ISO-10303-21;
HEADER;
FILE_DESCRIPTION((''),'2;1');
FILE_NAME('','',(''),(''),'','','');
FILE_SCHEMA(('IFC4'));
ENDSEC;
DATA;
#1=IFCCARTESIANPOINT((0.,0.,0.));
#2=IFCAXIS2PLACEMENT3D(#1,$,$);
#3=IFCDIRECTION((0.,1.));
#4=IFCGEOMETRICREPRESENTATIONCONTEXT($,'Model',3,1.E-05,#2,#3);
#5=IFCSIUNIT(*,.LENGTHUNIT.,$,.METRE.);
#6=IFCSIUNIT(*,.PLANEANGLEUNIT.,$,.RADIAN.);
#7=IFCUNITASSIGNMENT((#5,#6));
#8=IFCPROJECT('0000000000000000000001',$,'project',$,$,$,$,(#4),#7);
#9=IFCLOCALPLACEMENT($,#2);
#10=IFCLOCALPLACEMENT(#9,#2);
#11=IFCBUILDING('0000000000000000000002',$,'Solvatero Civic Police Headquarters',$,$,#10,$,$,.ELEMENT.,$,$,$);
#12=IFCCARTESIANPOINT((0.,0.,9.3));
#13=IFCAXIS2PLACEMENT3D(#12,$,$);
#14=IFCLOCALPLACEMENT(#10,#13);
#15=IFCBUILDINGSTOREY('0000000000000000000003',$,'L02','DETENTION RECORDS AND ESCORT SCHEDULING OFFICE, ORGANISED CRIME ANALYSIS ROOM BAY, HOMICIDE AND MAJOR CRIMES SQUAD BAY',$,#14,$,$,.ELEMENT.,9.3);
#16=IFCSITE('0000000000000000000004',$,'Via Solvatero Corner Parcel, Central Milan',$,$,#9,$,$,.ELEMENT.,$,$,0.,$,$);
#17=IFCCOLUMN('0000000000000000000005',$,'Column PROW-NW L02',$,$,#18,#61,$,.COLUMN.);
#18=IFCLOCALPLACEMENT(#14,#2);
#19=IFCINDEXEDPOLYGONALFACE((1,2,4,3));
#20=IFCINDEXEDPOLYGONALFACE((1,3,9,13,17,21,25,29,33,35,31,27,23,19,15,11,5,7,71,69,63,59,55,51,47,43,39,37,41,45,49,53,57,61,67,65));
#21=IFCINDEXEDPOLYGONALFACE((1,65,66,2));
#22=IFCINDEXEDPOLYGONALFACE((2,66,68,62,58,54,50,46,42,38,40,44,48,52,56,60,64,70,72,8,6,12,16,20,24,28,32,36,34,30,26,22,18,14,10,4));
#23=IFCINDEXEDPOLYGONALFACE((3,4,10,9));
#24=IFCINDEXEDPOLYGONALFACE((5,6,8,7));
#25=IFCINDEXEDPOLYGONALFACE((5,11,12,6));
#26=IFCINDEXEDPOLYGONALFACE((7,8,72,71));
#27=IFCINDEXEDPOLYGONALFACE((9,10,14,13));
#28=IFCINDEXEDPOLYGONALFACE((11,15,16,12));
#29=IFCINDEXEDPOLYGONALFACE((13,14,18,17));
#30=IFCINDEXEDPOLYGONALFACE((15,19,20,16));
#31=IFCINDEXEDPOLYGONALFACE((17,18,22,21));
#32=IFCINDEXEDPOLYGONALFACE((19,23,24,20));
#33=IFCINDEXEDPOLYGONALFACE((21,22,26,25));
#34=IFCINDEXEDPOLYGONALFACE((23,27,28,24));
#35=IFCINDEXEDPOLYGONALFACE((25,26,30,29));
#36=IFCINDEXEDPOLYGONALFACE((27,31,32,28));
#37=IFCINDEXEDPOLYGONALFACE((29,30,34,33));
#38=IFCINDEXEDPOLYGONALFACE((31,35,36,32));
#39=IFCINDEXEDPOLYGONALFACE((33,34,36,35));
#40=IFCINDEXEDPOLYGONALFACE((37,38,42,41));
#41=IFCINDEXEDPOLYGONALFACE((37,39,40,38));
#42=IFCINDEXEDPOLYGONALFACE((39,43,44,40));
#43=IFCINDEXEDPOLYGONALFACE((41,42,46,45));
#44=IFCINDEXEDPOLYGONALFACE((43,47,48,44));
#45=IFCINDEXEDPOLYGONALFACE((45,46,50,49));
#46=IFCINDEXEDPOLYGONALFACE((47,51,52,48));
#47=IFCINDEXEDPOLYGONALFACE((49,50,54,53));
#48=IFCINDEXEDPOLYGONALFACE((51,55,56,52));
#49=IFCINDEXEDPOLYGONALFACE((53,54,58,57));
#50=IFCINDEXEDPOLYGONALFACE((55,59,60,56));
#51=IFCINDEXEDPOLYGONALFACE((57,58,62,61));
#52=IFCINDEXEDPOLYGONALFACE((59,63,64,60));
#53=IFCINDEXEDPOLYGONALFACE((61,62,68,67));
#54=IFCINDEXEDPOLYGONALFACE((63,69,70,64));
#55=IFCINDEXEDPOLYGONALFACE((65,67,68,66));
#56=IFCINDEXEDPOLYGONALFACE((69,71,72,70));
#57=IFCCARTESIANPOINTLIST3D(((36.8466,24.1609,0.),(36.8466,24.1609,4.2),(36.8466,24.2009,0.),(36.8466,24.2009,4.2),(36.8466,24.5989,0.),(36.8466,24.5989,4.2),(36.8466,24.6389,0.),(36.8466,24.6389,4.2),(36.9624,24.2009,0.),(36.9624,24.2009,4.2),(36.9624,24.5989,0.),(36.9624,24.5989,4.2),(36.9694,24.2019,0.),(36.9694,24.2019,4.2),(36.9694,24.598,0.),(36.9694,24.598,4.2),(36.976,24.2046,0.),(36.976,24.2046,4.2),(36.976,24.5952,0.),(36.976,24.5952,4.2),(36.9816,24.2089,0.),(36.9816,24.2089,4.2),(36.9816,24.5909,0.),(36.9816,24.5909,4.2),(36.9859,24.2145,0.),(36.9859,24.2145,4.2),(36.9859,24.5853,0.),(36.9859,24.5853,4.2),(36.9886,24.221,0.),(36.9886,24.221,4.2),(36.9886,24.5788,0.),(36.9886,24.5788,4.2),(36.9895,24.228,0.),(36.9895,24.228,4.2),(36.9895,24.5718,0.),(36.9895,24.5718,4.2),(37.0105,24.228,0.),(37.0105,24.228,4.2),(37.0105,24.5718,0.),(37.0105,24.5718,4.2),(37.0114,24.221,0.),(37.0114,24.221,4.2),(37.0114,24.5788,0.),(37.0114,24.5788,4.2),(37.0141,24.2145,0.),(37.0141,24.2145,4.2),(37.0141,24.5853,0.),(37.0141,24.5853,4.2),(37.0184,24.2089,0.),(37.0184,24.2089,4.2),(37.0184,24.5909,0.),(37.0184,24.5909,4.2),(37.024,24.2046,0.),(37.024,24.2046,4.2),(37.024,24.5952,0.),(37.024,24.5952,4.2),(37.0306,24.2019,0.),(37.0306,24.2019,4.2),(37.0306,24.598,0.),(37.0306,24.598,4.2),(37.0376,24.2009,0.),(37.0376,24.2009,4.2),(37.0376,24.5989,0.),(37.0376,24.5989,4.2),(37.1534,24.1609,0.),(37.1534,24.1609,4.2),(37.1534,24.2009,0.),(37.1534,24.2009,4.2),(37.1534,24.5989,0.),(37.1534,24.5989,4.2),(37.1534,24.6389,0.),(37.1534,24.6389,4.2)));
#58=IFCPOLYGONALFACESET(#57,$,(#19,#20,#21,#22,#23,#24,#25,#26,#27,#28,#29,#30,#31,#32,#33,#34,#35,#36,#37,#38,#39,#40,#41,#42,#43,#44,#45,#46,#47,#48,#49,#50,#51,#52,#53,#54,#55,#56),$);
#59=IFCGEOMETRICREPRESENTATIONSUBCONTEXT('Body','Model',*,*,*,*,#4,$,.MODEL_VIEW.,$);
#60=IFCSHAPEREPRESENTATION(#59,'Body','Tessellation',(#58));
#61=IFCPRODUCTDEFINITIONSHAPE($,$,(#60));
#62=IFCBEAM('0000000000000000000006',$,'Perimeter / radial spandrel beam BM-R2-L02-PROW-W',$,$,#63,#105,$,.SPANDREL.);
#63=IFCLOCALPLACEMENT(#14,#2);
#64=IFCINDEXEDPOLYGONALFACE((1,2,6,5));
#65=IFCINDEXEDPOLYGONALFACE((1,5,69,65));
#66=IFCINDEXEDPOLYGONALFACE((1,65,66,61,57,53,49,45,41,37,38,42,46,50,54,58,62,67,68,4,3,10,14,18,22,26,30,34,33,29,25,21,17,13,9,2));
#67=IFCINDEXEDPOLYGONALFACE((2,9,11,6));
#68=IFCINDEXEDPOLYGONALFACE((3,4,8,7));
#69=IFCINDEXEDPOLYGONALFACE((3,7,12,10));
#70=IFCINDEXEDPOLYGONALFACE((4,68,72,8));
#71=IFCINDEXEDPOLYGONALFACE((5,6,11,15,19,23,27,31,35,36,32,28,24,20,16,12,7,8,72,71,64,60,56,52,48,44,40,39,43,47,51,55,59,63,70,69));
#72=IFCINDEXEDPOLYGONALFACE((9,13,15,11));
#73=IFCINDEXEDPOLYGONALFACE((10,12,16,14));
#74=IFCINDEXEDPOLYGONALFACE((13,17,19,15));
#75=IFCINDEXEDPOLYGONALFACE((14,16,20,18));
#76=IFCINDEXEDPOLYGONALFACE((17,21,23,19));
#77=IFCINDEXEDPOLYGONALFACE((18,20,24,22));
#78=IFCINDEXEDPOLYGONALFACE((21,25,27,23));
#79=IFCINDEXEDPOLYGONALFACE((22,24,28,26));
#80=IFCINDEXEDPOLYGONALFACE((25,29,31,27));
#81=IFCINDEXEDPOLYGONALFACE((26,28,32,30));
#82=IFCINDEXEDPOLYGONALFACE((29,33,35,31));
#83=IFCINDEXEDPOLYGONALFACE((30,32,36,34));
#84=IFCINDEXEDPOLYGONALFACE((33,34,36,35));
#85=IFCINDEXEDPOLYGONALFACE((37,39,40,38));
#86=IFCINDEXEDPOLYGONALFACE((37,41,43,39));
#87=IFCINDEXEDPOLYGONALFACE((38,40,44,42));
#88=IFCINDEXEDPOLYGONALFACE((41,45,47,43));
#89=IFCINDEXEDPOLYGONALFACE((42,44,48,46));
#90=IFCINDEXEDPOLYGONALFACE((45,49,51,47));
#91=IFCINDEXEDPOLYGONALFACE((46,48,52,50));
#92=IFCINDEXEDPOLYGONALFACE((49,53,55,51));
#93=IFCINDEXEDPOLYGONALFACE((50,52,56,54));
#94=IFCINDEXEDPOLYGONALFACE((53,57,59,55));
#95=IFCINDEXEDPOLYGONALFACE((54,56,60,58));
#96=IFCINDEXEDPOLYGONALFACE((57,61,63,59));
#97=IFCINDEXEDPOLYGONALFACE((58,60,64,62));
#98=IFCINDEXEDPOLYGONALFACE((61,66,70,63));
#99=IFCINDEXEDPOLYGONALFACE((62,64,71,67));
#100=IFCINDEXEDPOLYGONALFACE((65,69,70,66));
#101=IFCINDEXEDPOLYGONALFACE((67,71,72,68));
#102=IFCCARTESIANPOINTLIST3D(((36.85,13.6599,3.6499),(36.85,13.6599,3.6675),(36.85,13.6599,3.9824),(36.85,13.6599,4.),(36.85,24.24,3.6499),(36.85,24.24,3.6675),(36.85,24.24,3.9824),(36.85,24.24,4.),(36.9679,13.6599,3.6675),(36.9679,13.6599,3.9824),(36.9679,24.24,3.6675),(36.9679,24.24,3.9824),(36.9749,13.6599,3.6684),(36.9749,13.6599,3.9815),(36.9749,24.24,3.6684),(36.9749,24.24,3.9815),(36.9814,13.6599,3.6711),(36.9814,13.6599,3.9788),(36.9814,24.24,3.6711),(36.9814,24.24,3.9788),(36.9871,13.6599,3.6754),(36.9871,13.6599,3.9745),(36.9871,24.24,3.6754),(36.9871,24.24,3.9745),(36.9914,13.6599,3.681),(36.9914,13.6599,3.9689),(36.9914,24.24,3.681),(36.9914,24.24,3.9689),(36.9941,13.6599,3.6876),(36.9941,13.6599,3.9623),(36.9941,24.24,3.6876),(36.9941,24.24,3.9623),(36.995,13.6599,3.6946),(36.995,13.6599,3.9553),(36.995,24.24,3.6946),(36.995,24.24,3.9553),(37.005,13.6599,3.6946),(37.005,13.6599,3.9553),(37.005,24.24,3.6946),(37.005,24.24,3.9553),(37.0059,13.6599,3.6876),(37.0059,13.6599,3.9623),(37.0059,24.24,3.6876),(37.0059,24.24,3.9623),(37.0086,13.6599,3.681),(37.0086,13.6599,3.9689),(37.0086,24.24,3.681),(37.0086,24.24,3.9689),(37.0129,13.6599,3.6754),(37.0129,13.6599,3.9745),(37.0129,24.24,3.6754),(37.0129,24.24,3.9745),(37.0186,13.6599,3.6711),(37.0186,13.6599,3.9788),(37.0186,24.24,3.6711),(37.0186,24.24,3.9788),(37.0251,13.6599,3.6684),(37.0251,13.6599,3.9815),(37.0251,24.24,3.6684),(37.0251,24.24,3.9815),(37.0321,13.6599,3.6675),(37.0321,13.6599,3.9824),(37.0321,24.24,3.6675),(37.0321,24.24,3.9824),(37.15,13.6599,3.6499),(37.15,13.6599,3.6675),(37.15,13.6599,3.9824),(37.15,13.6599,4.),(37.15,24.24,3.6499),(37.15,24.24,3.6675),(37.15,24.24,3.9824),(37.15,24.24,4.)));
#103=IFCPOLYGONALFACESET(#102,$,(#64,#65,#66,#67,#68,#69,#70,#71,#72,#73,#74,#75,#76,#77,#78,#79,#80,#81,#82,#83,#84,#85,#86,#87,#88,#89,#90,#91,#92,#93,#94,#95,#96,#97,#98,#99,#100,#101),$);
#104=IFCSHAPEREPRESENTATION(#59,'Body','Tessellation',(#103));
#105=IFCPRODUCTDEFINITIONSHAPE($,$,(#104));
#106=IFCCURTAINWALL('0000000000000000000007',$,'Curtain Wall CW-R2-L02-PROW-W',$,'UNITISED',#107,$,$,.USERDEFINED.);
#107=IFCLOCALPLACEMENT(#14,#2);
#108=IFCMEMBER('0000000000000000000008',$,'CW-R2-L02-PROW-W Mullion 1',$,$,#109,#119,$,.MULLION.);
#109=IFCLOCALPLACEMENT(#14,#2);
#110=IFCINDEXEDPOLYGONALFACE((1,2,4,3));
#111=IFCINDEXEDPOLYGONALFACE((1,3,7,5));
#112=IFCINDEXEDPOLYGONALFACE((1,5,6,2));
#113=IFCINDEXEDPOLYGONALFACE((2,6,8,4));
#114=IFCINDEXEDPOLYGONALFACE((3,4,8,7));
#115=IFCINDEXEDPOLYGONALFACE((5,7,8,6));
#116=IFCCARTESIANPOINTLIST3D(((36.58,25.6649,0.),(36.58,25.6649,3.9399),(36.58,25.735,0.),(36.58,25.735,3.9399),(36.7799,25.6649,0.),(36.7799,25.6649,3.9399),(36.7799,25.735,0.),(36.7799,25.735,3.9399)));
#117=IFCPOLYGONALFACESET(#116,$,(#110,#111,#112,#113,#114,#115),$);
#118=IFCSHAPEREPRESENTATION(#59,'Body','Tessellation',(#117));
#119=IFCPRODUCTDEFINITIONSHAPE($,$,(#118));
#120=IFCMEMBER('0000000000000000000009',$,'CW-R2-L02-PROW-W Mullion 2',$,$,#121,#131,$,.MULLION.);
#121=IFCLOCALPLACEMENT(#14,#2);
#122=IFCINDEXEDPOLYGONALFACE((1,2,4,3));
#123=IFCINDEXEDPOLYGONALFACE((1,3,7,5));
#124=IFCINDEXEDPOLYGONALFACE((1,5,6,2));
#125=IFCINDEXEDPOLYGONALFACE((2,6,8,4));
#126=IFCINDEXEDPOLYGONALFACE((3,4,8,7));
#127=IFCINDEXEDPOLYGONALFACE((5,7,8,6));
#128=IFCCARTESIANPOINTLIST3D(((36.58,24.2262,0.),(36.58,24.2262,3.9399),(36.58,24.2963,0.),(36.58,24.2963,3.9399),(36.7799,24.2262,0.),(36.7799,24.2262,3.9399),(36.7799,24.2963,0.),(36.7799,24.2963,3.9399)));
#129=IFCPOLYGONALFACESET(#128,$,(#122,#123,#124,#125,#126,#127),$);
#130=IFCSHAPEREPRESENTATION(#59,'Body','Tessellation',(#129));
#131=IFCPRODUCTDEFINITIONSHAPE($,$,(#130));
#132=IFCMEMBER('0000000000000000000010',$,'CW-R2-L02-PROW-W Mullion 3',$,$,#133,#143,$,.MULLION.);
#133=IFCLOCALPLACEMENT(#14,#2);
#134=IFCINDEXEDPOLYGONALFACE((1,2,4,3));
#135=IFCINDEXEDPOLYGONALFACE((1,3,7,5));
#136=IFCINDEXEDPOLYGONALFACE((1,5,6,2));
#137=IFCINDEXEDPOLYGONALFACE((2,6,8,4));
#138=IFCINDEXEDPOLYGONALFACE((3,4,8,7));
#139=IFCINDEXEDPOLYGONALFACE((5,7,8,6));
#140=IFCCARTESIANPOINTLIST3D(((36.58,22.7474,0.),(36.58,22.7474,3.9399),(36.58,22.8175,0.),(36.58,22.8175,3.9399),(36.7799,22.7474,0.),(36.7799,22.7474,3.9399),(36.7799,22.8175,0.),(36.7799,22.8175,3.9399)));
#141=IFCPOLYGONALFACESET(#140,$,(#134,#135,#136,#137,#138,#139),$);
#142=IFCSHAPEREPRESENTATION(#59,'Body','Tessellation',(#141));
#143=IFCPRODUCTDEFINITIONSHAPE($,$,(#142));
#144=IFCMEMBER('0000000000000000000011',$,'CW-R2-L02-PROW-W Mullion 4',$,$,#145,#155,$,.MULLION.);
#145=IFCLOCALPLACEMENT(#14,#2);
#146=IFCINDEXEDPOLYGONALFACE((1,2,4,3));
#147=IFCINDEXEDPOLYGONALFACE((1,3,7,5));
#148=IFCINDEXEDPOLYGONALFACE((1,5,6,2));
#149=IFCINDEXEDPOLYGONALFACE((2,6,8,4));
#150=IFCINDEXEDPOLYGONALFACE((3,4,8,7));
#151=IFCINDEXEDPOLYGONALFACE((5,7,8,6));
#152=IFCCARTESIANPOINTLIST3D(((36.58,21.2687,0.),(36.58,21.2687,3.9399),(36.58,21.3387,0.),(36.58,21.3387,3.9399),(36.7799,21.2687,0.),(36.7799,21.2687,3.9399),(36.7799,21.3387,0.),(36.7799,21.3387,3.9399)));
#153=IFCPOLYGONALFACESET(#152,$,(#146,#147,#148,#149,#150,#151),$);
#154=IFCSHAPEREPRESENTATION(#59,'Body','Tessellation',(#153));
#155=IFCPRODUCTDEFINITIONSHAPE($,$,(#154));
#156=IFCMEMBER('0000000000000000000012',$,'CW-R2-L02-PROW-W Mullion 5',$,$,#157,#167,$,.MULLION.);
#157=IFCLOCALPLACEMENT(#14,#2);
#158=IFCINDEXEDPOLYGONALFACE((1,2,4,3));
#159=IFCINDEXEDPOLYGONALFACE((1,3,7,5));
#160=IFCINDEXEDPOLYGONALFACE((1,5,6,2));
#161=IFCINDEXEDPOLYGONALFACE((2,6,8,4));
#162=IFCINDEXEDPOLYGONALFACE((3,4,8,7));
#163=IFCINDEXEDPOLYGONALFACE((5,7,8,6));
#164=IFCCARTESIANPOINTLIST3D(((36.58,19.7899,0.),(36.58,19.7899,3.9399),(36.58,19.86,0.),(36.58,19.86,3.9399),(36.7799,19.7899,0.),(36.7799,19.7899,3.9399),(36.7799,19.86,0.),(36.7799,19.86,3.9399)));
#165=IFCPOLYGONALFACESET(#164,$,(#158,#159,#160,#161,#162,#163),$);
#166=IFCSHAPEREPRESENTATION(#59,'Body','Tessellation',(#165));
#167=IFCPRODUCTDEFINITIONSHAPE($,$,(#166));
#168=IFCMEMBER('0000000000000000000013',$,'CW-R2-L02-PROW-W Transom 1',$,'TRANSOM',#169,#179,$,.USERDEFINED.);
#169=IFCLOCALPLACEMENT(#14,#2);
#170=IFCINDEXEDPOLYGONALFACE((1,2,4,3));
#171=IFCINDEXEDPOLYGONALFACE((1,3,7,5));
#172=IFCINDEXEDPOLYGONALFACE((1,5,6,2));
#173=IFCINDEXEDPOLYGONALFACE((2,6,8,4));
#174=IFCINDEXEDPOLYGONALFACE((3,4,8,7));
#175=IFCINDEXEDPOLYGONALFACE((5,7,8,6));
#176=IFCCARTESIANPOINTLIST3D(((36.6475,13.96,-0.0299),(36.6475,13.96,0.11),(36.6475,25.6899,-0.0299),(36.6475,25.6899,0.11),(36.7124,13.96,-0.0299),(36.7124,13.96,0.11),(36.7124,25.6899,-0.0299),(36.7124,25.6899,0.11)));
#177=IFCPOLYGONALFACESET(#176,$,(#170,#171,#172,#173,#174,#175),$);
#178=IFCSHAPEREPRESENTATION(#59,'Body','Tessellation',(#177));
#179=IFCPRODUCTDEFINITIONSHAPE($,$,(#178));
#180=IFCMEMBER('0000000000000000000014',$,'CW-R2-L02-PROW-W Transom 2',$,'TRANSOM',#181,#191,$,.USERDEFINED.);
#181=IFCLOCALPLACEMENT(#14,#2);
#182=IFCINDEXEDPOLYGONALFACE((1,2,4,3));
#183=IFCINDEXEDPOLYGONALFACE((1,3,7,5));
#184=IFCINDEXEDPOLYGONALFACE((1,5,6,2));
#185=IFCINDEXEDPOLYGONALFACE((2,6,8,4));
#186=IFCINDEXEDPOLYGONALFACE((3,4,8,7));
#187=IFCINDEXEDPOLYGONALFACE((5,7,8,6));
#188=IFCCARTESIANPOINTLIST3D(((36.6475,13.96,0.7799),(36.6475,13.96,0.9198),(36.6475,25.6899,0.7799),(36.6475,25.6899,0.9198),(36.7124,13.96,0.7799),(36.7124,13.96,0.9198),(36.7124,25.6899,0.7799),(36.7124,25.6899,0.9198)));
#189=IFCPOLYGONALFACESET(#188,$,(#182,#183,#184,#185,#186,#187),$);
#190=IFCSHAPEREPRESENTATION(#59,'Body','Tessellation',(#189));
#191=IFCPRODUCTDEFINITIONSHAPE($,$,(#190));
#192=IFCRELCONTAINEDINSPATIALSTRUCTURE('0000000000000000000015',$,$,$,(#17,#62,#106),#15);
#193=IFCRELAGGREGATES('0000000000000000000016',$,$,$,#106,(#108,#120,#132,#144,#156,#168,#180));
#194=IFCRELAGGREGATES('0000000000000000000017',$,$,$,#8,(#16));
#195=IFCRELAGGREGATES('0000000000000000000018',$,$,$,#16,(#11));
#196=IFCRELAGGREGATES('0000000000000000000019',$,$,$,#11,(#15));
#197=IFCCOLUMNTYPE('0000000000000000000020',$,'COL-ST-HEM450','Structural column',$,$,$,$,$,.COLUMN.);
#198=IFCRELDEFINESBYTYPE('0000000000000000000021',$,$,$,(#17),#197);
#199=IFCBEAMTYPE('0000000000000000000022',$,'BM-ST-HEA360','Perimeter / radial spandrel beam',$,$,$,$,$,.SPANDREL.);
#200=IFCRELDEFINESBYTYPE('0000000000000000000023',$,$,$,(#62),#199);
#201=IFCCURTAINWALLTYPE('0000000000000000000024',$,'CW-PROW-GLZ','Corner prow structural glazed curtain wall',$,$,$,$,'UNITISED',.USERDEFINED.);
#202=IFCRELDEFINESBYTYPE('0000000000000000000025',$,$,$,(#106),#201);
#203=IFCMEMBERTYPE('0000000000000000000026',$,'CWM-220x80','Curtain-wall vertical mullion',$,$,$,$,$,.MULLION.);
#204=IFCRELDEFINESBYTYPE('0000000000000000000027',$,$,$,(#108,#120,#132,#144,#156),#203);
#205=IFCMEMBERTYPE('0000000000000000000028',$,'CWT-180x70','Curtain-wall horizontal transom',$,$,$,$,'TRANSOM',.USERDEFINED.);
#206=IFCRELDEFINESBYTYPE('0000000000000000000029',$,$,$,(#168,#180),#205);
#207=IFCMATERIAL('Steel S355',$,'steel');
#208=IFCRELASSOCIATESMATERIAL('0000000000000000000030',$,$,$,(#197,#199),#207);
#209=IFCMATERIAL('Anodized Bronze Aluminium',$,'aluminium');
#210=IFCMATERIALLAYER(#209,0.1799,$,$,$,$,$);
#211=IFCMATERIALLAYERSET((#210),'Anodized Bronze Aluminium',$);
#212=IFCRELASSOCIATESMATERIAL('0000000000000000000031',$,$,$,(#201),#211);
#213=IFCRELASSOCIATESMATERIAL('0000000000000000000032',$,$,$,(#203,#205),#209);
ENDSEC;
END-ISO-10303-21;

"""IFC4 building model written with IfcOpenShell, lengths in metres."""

from ifc_helpers import new_model, si_unit, direction, frame, origin, origin_2d, place, context, subcontext, project, spatial, rectangle, i_section, extrude, material, layer, layer_set, material_profile, profile_set, type_object, element, aggregate, save


model = new_model("IFC4")

# Units and contexts
model_context = context("Model", 3, precision=1e-05, world=origin(), true_north=direction((0.0, 1.0)))
body_context = subcontext(model_context, "Body", "Model", "MODEL_VIEW")
ifc_project = project(units=[si_unit("LENGTHUNIT", "METRE"), si_unit("PLANEANGLEUNIT", "RADIAN")], contexts=[model_context])

# Site, building, storey
site_placement = place(None, origin())
site = spatial("IfcSite", under=ifc_project, at=site_placement, Name="Via Solvatero Corner Parcel, Central Milan", CompositionType="ELEMENT", RefElevation=0.0)
building_placement = place(site_placement, origin())
building = spatial("IfcBuilding", under=site, at=building_placement, Name="Solvatero Civic Police Headquarters", CompositionType="ELEMENT")
storey_placement = place(building_placement, frame((0.0, 0.0, 9.3)))
storey = spatial("IfcBuildingStorey", under=building, at=storey_placement, Name="L02", Description="DETENTION RECORDS AND ESCORT SCHEDULING OFFICE, ORGANISED CRIME ANALYSIS ROOM BAY, HOMICIDE AND MAJOR CRIMES SQUAD BAY", CompositionType="ELEMENT", Elevation=9.3)

# Column
ifc_material_1 = material(Name="Steel S355", Category="steel")
ifc_material_profile_1 = material_profile(ifc_material_1, i_section(OverallWidth=0.3069, OverallDepth=0.478, WebThickness=0.021, FlangeThickness=0.04, FilletRadius=0.0271, at=origin_2d()), Name="HEM 450")
ifc_profile_set_1 = profile_set([ifc_material_profile_1], Name="Steel S355")
column_type = type_object("IfcColumnType", Name="COL-ST-HEM450", Description="Structural column", PredefinedType="COLUMN", material=ifc_profile_set_1)
column_placement = place(storey_placement, frame((37.0, 24.3999, 0.0), z_axis=(0.0, 0.0, 1.0), x_axis=(1.0, 0.0, 0.0)))
element("IfcColumn", 1, at=column_placement, inside=storey, type_object=column_type, Name="Column PROW-NW L02", PredefinedType="COLUMN", context=body_context, shape_type="SweptSolid", body=[
    extrude(i_section(OverallWidth=0.3069, OverallDepth=0.478, WebThickness=0.021, FlangeThickness=0.04, FilletRadius=0.0271, at=origin_2d()), origin(), (0.0, 0.0, 1.0), 4.2),
])

# Beam
ifc_material_profile_2 = material_profile(ifc_material_1, i_section(OverallWidth=0.3, OverallDepth=0.3501, WebThickness=0.01, FlangeThickness=0.0176, FilletRadius=0.0271, at=origin_2d()), Name="HEA 360")
ifc_profile_set_2 = profile_set([ifc_material_profile_2], Name="Steel S355")
beam_type = type_object("IfcBeamType", Name="BM-ST-HEA360", Description="Perimeter / radial spandrel beam", PredefinedType="SPANDREL", material=ifc_profile_set_2)
beam_placement = place(storey_placement, frame((37.0, 24.24, 3.825), z_axis=(0.0, -1.0, 0.0), x_axis=(1.0, 0.0, 0.0)))
element("IfcBeam", 2, at=beam_placement, inside=storey, type_object=beam_type, Name="Perimeter / radial spandrel beam BM-R2-L02-PROW-W", PredefinedType="SPANDREL", context=body_context, shape_type="SweptSolid", body=[
    extrude(i_section(OverallWidth=0.3, OverallDepth=0.3501, WebThickness=0.01, FlangeThickness=0.0176, FilletRadius=0.0271, at=origin_2d()), origin(), (0.0, 0.0, 1.0), 10.5801),
])

# Curtain wall, members
ifc_material_2 = material(Name="Anodized Bronze Aluminium", Category="aluminium")
ifc_layer_1 = layer(ifc_material_2, 0.1799)
ifc_layer_set_1 = layer_set([ifc_layer_1], Name="Anodized Bronze Aluminium")
curtain_wall_type = type_object("IfcCurtainWallType", Name="CW-PROW-GLZ", Description="Corner prow structural glazed curtain wall", ElementType="UNITISED", PredefinedType="USERDEFINED", material=ifc_layer_set_1)
curtain_wall_placement = place(storey_placement, origin())
curtain_wall = element("IfcCurtainWall", 3, at=curtain_wall_placement, inside=storey, type_object=curtain_wall_type, Name="Curtain Wall CW-R2-L02-PROW-W", ObjectType="UNITISED", PredefinedType="USERDEFINED")
ifc_material_profile_3 = material_profile(ifc_material_2, rectangle(XDim=0.0701, YDim=0.2, at=origin_2d()), Name="ALU MULLION 70x200")
ifc_profile_set_3 = profile_set([ifc_material_profile_3], Name="Anodized Bronze Aluminium")
member_type_1 = type_object("IfcMemberType", Name="CWM-220x80", Description="Curtain-wall vertical mullion", PredefinedType="MULLION", material=ifc_profile_set_3)
member_1_placement = place(storey_placement, frame((36.6799, 25.7, 0.0), z_axis=(0.0, 0.0, 1.0), x_axis=(0.0, -1.0, 0.0)))
member_1 = element("IfcMember", 4, at=member_1_placement, type_object=member_type_1, Name="CW-R2-L02-PROW-W Mullion 1", PredefinedType="MULLION", context=body_context, shape_type="SweptSolid", body=[
    extrude(rectangle(XDim=0.0701, YDim=0.2, at=origin_2d()), origin(), (0.0, 0.0, 1.0), 3.9399),
])
member_2_placement = place(storey_placement, frame((36.6799, 24.2612, 0.0), z_axis=(0.0, 0.0, 1.0), x_axis=(0.0, -1.0, 0.0)))
member_2 = element("IfcMember", 5, at=member_2_placement, type_object=member_type_1, Name="CW-R2-L02-PROW-W Mullion 2", PredefinedType="MULLION", context=body_context, shape_type="SweptSolid", body=[
    extrude(rectangle(XDim=0.0701, YDim=0.2, at=origin_2d()), origin(), (0.0, 0.0, 1.0), 3.9399),
])
member_3_placement = place(storey_placement, frame((36.6799, 22.7825, 0.0), z_axis=(0.0, 0.0, 1.0), x_axis=(0.0, -1.0, 0.0)))
member_3 = element("IfcMember", 6, at=member_3_placement, type_object=member_type_1, Name="CW-R2-L02-PROW-W Mullion 3", PredefinedType="MULLION", context=body_context, shape_type="SweptSolid", body=[
    extrude(rectangle(XDim=0.0701, YDim=0.2, at=origin_2d()), origin(), (0.0, 0.0, 1.0), 3.9399),
])
member_4_placement = place(storey_placement, frame((36.6799, 21.3037, 0.0), z_axis=(0.0, 0.0, 1.0), x_axis=(0.0, -1.0, 0.0)))
member_4 = element("IfcMember", 7, at=member_4_placement, type_object=member_type_1, Name="CW-R2-L02-PROW-W Mullion 4", PredefinedType="MULLION", context=body_context, shape_type="SweptSolid", body=[
    extrude(rectangle(XDim=0.0701, YDim=0.2, at=origin_2d()), origin(), (0.0, 0.0, 1.0), 3.9399),
])
member_5_placement = place(storey_placement, frame((36.6799, 19.825, 0.0), z_axis=(0.0, 0.0, 1.0), x_axis=(0.0, -1.0, 0.0)))
member_5 = element("IfcMember", 8, at=member_5_placement, type_object=member_type_1, Name="CW-R2-L02-PROW-W Mullion 5", PredefinedType="MULLION", context=body_context, shape_type="SweptSolid", body=[
    extrude(rectangle(XDim=0.0701, YDim=0.2, at=origin_2d()), origin(), (0.0, 0.0, 1.0), 3.9399),
])
ifc_material_profile_4 = material_profile(ifc_material_2, rectangle(XDim=0.0649, YDim=0.1399, at=origin_2d()), Name="ALU TRANSOM 65x140")
ifc_profile_set_4 = profile_set([ifc_material_profile_4], Name="Anodized Bronze Aluminium")
member_type_2 = type_object("IfcMemberType", Name="CWT-180x70", Description="Curtain-wall horizontal transom", ElementType="TRANSOM", PredefinedType="USERDEFINED", material=ifc_profile_set_4)
member_6_placement = place(storey_placement, frame((36.6799, 25.6899, 0.04), z_axis=(0.0, -1.0, 0.0), x_axis=(1.0, 0.0, 0.0)))
member_6 = element("IfcMember", 9, at=member_6_placement, type_object=member_type_2, Name="CW-R2-L02-PROW-W Transom 1", ObjectType="TRANSOM", PredefinedType="USERDEFINED", context=body_context, shape_type="SweptSolid", body=[
    extrude(rectangle(XDim=0.0649, YDim=0.1399, at=origin_2d()), origin(), (0.0, 0.0, 1.0), 11.73),
])
member_7_placement = place(storey_placement, frame((36.6799, 25.6899, 0.8499), z_axis=(0.0, -1.0, 0.0), x_axis=(1.0, 0.0, 0.0)))
member_7 = element("IfcMember", 10, at=member_7_placement, type_object=member_type_2, Name="CW-R2-L02-PROW-W Transom 2", ObjectType="TRANSOM", PredefinedType="USERDEFINED", context=body_context, shape_type="SweptSolid", body=[
    extrude(rectangle(XDim=0.0649, YDim=0.1399, at=origin_2d()), origin(), (0.0, 0.0, 1.0), 11.73),
])
aggregate(curtain_wall, [member_1, member_2, member_3, member_4, member_5, member_6, member_7])

save(model, "model.ifc")
